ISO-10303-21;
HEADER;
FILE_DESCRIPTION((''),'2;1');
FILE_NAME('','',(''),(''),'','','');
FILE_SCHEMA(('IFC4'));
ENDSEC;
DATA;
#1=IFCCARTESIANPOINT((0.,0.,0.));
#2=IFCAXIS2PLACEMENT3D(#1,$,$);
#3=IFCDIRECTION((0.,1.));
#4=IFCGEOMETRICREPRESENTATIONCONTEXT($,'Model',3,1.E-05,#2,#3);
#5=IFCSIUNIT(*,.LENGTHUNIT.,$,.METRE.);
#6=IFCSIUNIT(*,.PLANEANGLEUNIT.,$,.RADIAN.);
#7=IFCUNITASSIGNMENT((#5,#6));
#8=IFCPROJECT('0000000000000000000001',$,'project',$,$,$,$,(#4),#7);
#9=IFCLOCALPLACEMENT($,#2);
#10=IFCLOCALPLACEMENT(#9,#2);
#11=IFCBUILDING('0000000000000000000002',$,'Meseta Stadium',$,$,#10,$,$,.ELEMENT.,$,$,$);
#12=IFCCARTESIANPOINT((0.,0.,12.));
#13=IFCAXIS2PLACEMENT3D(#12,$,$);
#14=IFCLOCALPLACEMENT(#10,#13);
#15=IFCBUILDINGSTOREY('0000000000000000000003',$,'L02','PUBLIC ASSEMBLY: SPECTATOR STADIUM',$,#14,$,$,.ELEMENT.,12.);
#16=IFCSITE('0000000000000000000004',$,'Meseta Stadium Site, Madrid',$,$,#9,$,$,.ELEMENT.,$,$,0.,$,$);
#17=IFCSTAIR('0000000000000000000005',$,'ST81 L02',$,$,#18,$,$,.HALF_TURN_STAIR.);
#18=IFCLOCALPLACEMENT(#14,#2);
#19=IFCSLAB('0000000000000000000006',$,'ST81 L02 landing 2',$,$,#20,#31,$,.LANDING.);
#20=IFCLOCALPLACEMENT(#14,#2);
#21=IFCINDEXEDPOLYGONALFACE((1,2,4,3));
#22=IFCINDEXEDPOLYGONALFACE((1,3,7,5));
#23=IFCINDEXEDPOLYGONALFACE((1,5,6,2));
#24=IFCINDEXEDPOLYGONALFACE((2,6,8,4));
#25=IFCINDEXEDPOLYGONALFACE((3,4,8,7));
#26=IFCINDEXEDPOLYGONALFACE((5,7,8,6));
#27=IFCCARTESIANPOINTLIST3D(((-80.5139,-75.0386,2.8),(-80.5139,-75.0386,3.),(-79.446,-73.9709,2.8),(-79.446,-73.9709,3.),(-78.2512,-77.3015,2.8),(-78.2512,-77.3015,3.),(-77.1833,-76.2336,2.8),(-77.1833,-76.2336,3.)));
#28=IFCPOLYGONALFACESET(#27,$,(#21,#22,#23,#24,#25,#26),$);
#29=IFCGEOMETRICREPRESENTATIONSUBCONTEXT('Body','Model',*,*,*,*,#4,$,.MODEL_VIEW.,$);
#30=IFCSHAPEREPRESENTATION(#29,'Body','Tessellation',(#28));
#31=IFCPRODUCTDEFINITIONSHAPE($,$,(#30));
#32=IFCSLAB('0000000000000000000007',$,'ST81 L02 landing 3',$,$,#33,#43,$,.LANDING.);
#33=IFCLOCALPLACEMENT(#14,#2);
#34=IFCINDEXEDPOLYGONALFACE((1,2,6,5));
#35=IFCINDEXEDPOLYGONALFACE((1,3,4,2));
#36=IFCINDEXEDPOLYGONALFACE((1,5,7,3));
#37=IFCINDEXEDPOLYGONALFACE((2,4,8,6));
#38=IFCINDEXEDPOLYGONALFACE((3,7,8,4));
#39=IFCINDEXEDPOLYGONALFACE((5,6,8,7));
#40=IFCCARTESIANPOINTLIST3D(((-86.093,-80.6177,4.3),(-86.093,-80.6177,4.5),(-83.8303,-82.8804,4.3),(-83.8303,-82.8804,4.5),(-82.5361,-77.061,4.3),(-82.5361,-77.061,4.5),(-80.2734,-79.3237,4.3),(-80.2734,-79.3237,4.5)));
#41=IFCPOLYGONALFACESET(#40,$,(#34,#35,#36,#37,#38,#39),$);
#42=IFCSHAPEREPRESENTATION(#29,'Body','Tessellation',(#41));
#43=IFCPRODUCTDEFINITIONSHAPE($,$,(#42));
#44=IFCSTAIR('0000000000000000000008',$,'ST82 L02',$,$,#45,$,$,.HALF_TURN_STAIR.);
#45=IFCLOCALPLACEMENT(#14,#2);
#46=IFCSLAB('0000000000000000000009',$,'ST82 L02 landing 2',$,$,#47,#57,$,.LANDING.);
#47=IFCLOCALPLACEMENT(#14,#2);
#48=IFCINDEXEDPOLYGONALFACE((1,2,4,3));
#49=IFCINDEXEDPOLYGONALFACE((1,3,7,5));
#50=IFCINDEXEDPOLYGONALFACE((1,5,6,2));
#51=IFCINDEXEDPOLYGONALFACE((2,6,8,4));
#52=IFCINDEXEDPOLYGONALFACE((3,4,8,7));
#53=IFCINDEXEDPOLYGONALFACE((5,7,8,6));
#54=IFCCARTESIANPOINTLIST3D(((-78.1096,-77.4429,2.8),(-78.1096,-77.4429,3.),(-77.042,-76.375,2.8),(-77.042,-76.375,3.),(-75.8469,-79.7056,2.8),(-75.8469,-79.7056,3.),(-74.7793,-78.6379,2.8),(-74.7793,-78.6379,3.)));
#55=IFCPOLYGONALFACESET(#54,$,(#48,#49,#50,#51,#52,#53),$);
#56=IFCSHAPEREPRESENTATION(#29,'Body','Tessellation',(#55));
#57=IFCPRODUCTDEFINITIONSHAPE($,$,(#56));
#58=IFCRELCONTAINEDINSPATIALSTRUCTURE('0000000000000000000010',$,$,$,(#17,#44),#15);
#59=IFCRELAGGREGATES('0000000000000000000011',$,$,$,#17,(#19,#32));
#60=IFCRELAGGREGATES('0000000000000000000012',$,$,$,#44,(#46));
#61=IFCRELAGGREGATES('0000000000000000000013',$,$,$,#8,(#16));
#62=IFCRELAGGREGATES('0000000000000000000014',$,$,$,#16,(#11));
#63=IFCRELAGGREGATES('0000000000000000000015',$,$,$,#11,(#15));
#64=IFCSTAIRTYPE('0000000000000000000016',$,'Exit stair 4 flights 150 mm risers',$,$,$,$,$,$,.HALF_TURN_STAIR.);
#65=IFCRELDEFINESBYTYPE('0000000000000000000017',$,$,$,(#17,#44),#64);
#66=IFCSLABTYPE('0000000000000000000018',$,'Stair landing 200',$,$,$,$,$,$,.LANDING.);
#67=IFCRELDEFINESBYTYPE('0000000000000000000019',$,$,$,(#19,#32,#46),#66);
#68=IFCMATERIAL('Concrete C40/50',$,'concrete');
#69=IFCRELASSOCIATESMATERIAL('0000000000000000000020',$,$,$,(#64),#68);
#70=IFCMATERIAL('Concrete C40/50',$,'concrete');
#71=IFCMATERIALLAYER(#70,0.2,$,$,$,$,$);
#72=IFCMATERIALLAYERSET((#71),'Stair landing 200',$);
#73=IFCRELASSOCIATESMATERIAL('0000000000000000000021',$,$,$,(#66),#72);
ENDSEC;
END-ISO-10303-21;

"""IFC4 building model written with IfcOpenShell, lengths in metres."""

from ifc_helpers import new_model, si_unit, direction, frame, origin, place, context, subcontext, project, spatial, polyline, outline, extrude, material, layer, layer_set, type_object, element, aggregate, save


model = new_model("IFC4")

# Units and contexts
model_context = context("Model", 3, precision=1e-05, world=origin(), true_north=direction((0.0, 1.0)))
body_context = subcontext(model_context, "Body", "Model", "MODEL_VIEW")
ifc_project = project(units=[si_unit("LENGTHUNIT", "METRE"), si_unit("PLANEANGLEUNIT", "RADIAN")], contexts=[model_context])

# Site, building, storey
site_placement = place(None, origin())
site = spatial("IfcSite", under=ifc_project, at=site_placement, Name="Meseta Stadium Site, Madrid", CompositionType="ELEMENT", RefElevation=0.0)
building_placement = place(site_placement, origin())
building = spatial("IfcBuilding", under=site, at=building_placement, Name="Meseta Stadium", CompositionType="ELEMENT")
storey_placement = place(building_placement, frame((0.0, 0.0, 12.0)))
storey = spatial("IfcBuildingStorey", under=building, at=storey_placement, Name="L02", Description="PUBLIC ASSEMBLY: SPECTATOR STADIUM", CompositionType="ELEMENT", Elevation=12.0)

# Stair, slabs
ifc_material_1 = material(Name="Concrete C40/50", Category="concrete")
stair_type = type_object("IfcStairType", Name="Exit stair 4 flights 150 mm risers", PredefinedType="HALF_TURN_STAIR", material=ifc_material_1)
ifc_material_2 = material(Name="Concrete C40/50", Category="concrete")
ifc_layer = layer(ifc_material_2, 0.2)
ifc_layer_set = layer_set([ifc_layer], Name="Stair landing 200")
slab_type = type_object("IfcSlabType", Name="Stair landing 200", PredefinedType="LANDING", material=ifc_layer_set)
stair_1_placement = place(storey_placement, origin())
stair_1 = element("IfcStair", 1, at=stair_1_placement, inside=storey, type_object=stair_type, Name="ST81 L02", PredefinedType="HALF_TURN_STAIR")
slab_1_placement = place(storey_placement, frame((0.0, 0.0, 2.8)))
slab_1 = element("IfcSlab", 2, at=slab_1_placement, type_object=slab_type, Name="ST81 L02 landing 2", PredefinedType="LANDING", context=body_context, shape_type="SweptSolid", body=[
    extrude(outline(polyline([(-79.446, -73.9709), (-80.5139, -75.0386), (-78.2512, -77.3015), (-77.1833, -76.2336), (-79.446, -73.9709)])), origin(), (0.0, 0.0, 1.0), 0.2),
])
slab_2_placement = place(storey_placement, frame((0.0, 0.0, 4.3)))
slab_2 = element("IfcSlab", 3, at=slab_2_placement, type_object=slab_type, Name="ST81 L02 landing 3", PredefinedType="LANDING", context=body_context, shape_type="SweptSolid", body=[
    extrude(outline(polyline([(-82.5361, -77.061), (-86.093, -80.6177), (-83.8303, -82.8804), (-80.2734, -79.3237), (-82.5361, -77.061)])), origin(), (0.0, 0.0, 1.0), 0.2),
])
aggregate(stair_1, [slab_1, slab_2])

# Stair, slab
stair_2_placement = place(storey_placement, origin())
stair_2 = element("IfcStair", 4, at=stair_2_placement, inside=storey, type_object=stair_type, Name="ST82 L02", PredefinedType="HALF_TURN_STAIR")
slab_3_placement = place(storey_placement, frame((0.0, 0.0, 2.8)))
slab_3 = element("IfcSlab", 5, at=slab_3_placement, type_object=slab_type, Name="ST82 L02 landing 2", PredefinedType="LANDING", context=body_context, shape_type="SweptSolid", body=[
    extrude(outline(polyline([(-77.042, -76.375), (-78.1096, -77.4429), (-75.8469, -79.7056), (-74.7793, -78.6379), (-77.042, -76.375)])), origin(), (0.0, 0.0, 1.0), 0.2),
])
aggregate(stair_2, [slab_3])

save(model, "model.ifc")
